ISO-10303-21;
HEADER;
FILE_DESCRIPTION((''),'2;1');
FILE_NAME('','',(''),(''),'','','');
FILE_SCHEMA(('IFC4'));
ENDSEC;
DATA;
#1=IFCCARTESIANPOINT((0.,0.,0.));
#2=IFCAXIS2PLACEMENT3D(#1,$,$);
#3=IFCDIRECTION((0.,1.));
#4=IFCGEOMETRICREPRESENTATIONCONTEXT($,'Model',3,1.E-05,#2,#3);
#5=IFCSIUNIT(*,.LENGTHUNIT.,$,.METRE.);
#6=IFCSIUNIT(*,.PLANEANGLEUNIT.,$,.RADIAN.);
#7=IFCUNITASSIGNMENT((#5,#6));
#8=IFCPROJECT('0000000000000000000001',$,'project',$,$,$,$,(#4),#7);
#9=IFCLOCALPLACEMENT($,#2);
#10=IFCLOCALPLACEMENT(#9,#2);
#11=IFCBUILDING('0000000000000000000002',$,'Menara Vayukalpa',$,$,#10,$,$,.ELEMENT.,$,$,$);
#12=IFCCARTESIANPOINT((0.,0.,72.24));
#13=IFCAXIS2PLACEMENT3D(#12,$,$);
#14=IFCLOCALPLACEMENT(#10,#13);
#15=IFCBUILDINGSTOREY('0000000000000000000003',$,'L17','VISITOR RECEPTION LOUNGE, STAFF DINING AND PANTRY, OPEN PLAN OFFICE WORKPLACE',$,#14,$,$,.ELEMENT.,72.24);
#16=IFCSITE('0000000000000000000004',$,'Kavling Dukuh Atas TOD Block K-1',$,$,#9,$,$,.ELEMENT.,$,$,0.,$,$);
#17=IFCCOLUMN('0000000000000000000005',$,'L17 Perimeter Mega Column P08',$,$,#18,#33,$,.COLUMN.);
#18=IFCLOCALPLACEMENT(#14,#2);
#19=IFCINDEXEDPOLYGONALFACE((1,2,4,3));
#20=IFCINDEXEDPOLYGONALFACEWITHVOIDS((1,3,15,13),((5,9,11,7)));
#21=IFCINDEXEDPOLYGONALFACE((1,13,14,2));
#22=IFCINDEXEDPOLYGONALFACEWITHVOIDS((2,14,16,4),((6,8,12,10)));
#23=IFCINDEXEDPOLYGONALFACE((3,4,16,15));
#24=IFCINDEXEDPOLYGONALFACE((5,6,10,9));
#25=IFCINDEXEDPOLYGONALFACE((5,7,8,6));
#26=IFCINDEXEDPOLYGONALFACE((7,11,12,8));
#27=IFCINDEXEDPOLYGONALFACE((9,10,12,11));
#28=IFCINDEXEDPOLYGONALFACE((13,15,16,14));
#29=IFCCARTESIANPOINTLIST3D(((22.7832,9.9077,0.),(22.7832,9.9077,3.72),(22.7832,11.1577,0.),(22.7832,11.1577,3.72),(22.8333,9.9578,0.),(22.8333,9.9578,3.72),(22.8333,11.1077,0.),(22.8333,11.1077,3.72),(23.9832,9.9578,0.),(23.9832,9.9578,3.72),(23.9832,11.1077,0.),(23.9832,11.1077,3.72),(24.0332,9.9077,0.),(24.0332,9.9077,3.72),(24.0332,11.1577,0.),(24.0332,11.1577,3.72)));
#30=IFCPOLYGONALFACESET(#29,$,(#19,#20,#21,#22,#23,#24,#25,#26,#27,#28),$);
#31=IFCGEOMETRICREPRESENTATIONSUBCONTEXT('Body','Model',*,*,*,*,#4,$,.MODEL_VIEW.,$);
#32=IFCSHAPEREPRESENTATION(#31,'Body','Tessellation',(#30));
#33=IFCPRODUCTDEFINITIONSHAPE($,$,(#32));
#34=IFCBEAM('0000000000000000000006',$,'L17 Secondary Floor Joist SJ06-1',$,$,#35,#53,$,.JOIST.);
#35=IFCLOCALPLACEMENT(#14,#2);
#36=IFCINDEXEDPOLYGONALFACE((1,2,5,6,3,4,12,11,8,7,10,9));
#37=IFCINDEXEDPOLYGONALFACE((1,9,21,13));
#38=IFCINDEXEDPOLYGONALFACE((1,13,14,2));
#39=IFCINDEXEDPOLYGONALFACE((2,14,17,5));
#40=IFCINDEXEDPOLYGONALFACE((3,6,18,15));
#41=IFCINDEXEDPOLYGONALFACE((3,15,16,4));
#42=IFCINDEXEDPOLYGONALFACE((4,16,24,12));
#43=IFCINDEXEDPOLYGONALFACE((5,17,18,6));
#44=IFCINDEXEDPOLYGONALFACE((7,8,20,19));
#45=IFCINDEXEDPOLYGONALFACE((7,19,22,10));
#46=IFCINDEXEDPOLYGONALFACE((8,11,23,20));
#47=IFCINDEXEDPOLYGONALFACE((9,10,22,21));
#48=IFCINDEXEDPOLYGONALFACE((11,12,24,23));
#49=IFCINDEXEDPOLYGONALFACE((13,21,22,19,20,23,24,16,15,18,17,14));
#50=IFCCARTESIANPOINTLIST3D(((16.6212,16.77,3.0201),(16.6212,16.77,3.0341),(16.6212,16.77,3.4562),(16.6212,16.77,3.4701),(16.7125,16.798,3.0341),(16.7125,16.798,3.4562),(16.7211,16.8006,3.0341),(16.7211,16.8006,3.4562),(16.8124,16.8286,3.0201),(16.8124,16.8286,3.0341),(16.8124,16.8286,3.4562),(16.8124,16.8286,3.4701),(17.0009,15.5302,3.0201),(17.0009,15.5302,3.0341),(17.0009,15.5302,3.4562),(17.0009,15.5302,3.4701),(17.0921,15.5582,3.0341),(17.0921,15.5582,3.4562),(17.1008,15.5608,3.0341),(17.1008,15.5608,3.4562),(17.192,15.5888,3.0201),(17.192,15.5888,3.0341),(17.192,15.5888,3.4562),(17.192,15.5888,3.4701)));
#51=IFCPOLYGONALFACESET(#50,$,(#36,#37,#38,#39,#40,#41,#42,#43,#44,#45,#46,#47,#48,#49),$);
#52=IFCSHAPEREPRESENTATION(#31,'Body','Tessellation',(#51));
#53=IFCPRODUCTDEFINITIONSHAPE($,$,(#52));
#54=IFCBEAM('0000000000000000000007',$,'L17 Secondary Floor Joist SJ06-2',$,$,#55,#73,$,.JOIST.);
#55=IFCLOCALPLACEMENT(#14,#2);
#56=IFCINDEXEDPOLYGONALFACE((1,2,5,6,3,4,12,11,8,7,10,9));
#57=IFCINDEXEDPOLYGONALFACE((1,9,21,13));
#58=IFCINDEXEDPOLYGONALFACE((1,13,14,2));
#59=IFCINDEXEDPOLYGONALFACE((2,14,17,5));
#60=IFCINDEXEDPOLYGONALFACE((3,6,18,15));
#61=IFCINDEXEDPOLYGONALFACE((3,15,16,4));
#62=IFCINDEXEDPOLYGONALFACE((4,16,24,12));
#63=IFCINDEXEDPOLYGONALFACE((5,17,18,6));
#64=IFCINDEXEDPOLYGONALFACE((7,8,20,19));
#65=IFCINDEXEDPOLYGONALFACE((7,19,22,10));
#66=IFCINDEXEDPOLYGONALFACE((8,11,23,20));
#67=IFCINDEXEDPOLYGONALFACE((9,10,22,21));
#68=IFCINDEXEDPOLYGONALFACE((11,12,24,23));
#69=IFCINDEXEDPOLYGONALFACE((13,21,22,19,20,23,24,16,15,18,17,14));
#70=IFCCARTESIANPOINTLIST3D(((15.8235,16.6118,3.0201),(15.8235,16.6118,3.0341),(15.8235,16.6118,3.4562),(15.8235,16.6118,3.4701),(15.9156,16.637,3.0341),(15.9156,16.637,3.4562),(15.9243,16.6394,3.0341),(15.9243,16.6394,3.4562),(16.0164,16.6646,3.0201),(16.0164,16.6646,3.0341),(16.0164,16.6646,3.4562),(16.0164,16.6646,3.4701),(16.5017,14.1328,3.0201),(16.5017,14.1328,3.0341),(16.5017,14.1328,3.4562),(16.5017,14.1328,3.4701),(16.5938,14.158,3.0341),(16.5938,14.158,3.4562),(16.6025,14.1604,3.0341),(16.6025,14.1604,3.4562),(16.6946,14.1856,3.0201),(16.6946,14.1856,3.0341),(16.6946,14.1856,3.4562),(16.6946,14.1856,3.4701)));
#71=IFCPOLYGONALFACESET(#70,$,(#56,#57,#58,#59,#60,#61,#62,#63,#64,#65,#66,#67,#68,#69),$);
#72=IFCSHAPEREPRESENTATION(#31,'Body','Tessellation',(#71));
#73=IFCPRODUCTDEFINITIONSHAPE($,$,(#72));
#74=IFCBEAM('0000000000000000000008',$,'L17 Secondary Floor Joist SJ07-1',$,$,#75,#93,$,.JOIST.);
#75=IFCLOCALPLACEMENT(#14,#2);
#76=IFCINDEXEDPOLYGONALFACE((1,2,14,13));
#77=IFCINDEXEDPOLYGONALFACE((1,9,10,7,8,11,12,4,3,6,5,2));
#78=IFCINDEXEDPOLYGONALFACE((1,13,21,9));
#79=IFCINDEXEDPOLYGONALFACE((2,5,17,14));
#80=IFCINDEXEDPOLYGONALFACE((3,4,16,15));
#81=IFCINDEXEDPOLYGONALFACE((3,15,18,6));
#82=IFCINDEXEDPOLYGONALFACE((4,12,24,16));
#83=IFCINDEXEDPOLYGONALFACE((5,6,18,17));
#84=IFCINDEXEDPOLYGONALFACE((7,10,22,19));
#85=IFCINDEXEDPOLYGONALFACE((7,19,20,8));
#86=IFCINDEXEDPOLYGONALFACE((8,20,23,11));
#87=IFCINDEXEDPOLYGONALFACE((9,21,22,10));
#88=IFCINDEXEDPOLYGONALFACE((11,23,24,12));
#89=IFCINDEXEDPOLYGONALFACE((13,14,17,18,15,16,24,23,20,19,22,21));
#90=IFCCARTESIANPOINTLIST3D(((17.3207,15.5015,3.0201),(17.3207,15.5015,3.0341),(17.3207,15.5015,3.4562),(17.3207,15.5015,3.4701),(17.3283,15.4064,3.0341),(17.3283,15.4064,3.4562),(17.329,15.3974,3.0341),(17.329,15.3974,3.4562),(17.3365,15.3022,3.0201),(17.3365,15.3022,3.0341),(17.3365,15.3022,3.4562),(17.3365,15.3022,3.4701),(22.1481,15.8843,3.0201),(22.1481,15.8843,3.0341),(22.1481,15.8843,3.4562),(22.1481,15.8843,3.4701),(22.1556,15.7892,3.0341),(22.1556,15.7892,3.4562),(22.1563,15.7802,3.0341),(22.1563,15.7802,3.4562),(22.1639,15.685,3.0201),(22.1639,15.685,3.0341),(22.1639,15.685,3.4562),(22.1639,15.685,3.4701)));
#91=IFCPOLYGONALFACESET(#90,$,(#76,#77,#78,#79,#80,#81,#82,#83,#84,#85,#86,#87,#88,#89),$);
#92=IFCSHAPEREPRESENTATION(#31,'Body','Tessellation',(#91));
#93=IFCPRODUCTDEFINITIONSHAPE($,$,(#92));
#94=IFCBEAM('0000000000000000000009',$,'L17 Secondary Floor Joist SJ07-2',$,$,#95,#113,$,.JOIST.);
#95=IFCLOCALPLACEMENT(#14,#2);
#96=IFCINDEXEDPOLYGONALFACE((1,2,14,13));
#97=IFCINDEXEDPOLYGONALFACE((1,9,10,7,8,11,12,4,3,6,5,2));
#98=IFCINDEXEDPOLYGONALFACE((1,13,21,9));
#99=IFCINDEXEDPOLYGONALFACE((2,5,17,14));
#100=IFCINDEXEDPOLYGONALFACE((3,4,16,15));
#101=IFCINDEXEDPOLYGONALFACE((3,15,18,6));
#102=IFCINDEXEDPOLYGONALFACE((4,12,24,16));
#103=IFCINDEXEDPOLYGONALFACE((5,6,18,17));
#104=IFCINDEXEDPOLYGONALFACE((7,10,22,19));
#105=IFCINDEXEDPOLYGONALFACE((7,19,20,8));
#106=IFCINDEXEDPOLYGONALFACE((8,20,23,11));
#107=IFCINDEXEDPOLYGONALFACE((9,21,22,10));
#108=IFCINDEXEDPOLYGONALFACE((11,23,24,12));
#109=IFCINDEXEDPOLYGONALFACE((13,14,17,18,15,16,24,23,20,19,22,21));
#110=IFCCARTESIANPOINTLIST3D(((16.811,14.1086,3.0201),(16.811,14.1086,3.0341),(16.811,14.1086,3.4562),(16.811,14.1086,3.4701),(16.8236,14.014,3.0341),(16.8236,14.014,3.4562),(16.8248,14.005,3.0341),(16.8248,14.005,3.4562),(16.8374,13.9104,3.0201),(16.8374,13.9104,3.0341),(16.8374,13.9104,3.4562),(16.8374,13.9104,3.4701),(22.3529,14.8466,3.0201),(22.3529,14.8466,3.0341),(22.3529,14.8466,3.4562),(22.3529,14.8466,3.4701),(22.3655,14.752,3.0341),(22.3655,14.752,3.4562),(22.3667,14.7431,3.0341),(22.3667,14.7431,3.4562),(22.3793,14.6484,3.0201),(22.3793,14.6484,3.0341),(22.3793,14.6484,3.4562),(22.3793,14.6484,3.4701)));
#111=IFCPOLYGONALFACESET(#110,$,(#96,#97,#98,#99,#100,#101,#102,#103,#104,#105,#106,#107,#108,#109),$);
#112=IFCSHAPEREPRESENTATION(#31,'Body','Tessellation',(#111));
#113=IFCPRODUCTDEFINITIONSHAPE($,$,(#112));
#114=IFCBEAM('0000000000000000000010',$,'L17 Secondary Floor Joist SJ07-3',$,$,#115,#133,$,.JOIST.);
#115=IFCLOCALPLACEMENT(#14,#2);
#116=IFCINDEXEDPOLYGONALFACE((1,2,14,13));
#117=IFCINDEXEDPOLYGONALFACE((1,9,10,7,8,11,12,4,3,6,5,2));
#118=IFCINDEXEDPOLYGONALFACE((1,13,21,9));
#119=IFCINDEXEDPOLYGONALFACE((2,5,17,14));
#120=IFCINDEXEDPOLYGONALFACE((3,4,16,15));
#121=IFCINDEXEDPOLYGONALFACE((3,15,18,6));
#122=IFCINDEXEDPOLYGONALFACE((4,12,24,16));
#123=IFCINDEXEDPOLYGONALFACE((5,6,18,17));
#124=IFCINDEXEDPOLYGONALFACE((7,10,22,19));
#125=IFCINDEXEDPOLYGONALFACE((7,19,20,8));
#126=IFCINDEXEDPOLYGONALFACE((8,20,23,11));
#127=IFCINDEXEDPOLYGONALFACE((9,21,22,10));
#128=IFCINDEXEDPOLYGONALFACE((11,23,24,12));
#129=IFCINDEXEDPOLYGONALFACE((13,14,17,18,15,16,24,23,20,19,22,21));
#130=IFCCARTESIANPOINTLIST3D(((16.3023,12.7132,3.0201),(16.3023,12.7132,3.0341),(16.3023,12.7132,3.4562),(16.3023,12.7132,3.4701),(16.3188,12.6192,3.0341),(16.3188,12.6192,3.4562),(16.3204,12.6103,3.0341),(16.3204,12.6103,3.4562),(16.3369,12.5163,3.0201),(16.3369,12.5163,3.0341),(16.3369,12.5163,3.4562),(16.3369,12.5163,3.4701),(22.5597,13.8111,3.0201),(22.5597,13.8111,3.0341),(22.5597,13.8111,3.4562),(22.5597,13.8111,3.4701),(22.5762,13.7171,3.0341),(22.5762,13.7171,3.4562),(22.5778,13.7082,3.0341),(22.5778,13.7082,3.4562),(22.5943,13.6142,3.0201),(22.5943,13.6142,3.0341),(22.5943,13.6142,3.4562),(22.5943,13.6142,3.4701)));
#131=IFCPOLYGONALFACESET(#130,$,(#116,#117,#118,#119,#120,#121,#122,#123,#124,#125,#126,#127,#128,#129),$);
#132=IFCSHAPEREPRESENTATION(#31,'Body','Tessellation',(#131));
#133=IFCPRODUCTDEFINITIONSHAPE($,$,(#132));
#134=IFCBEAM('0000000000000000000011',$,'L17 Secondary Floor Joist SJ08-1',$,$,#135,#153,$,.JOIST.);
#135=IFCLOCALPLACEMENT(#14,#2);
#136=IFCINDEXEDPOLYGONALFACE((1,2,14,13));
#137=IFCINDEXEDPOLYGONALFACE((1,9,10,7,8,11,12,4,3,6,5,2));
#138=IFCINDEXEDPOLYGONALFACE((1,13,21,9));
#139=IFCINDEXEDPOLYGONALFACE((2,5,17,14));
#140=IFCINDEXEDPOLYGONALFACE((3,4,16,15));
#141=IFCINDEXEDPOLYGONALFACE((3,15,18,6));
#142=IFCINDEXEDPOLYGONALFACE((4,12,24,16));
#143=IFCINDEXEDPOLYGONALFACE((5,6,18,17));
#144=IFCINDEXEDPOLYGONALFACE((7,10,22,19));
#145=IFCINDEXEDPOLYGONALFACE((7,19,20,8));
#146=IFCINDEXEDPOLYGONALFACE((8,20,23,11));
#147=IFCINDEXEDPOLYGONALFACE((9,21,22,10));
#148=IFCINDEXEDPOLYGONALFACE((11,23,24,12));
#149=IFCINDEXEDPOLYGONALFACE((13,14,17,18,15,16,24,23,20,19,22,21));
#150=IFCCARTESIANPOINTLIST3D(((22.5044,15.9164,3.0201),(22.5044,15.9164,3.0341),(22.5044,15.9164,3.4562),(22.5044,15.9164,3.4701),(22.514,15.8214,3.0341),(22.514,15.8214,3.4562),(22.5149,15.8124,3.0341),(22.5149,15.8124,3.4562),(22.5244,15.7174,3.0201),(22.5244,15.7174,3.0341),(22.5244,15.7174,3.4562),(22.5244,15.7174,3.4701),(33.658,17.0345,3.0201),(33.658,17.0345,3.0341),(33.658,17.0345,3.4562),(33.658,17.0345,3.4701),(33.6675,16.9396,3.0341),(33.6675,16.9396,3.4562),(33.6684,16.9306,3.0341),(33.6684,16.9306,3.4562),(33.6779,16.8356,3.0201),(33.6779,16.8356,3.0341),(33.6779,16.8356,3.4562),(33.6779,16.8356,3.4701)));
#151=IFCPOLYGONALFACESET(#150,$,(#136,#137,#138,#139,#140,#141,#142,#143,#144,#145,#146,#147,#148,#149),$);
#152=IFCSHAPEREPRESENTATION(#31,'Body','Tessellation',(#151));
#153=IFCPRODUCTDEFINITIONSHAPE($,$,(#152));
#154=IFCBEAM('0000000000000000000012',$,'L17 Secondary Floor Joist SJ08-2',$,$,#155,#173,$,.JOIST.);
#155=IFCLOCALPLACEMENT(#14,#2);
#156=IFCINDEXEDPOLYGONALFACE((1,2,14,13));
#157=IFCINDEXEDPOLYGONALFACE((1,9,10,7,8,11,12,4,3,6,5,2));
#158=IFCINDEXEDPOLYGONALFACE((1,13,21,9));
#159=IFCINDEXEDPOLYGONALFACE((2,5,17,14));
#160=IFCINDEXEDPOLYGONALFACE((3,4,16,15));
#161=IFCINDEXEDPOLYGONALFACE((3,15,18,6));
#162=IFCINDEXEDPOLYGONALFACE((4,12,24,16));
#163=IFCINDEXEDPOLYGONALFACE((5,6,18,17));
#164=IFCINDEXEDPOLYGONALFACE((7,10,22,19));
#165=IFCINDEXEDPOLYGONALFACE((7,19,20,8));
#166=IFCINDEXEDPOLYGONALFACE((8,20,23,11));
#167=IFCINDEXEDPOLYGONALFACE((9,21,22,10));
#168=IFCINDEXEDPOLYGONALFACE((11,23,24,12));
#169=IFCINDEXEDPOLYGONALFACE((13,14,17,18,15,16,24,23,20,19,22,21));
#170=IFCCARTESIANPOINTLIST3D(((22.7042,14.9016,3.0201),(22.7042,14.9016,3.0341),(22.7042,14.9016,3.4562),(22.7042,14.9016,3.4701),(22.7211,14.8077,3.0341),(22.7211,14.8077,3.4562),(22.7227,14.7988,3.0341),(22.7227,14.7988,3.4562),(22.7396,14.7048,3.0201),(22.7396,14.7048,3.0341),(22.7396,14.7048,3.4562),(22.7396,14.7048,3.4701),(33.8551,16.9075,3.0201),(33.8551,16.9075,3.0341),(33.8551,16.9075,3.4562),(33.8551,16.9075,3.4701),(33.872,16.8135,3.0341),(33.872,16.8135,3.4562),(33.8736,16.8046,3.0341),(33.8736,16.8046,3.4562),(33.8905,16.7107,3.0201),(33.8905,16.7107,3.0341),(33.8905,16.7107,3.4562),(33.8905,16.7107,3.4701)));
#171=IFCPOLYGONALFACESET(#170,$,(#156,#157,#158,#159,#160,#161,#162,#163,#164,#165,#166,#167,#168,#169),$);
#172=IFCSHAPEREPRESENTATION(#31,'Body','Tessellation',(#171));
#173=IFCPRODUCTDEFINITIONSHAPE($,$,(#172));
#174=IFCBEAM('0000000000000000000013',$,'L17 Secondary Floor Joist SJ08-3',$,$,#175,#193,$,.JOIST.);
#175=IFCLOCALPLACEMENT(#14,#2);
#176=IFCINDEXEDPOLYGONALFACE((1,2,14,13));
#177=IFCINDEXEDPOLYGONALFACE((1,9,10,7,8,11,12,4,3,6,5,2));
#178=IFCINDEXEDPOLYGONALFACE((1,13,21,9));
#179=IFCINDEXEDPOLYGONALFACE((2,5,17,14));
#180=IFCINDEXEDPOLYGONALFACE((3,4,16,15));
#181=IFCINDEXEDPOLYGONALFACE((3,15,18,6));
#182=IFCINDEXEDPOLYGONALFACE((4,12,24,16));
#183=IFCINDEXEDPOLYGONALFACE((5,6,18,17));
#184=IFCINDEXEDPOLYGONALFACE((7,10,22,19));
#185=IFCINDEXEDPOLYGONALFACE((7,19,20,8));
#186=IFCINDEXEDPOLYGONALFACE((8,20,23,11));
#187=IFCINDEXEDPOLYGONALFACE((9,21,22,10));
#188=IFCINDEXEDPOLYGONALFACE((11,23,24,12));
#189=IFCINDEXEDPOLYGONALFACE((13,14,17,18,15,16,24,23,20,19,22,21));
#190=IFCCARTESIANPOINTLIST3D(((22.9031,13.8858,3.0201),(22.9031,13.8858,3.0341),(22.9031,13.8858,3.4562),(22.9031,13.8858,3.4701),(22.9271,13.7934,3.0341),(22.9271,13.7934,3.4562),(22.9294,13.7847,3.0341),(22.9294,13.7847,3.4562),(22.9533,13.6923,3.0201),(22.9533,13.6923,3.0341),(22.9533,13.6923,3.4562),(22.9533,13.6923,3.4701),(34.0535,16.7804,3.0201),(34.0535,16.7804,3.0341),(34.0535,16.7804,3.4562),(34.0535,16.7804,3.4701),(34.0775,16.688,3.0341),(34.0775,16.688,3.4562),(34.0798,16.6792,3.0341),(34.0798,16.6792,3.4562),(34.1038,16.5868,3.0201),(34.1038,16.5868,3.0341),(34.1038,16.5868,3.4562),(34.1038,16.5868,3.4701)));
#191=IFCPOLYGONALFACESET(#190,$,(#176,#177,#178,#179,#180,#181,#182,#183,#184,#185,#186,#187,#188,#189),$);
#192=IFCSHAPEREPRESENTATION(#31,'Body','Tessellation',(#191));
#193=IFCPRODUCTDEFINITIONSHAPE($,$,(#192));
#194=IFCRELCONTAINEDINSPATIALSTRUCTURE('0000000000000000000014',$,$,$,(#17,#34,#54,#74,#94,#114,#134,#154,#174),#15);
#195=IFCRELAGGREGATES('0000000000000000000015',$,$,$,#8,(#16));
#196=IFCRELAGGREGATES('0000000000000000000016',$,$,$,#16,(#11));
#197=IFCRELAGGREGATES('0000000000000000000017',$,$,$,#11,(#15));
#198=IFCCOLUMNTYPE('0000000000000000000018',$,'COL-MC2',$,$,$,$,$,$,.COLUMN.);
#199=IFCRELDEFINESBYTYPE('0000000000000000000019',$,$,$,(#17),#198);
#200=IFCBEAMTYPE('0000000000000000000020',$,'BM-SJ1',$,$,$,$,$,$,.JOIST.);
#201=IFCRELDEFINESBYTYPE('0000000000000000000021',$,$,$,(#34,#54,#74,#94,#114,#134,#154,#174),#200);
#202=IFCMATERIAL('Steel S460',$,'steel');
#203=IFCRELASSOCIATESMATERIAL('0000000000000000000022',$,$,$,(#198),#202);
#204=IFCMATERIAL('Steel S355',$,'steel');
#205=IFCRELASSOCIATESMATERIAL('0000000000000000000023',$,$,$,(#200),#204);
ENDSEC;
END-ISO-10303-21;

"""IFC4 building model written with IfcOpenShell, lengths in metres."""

from ifc_helpers import new_model, si_unit, direction, frame, origin, origin_2d, place, context, subcontext, project, spatial, hollow_rectangle, i_section, extrude, material, material_profile, profile_set, type_object, element, save


model = new_model("IFC4")

# Units and contexts
model_context = context("Model", 3, precision=1e-05, world=origin(), true_north=direction((0.0, 1.0)))
body_context = subcontext(model_context, "Body", "Model", "MODEL_VIEW")
ifc_project = project(units=[si_unit("LENGTHUNIT", "METRE"), si_unit("PLANEANGLEUNIT", "RADIAN")], contexts=[model_context])

# Site, building, storey
site_placement = place(None, origin())
site = spatial("IfcSite", under=ifc_project, at=site_placement, Name="Kavling Dukuh Atas TOD Block K-1", CompositionType="ELEMENT", RefElevation=0.0)
building_placement = place(site_placement, origin())
building = spatial("IfcBuilding", under=site, at=building_placement, Name="Menara Vayukalpa", CompositionType="ELEMENT")
storey_placement = place(building_placement, frame((0.0, 0.0, 72.24)))
storey = spatial("IfcBuildingStorey", under=building, at=storey_placement, Name="L17", Description="VISITOR RECEPTION LOUNGE, STAFF DINING AND PANTRY, OPEN PLAN OFFICE WORKPLACE", CompositionType="ELEMENT", Elevation=72.24)

# Column
ifc_material_1 = material(Name="Steel S460", Category="steel")
ifc_material_profile_1 = material_profile(ifc_material_1, hollow_rectangle(XDim=1.25, YDim=1.25, WallThickness=0.05, at=origin_2d()), Name="BOX 1250x1250x50")
ifc_profile_set_1 = profile_set([ifc_material_profile_1], Name="Steel S460")
column_type = type_object("IfcColumnType", Name="COL-MC2", PredefinedType="COLUMN", material=ifc_profile_set_1)
column_placement = place(storey_placement, frame((23.4082, 10.5327, 0.0), z_axis=(0.0, 0.0, 1.0), x_axis=(1.0, 0.0, 0.0)))
element("IfcColumn", 1, at=column_placement, inside=storey, type_object=column_type, Name="L17 Perimeter Mega Column P08", PredefinedType="COLUMN", context=body_context, shape_type="SweptSolid", body=[
    extrude(hollow_rectangle(XDim=1.25, YDim=1.25, WallThickness=0.05, at=origin_2d()), origin(), (0.0, 0.0, 1.0), 3.72),
])

# Beams
ifc_material_2 = material(Name="Steel S355", Category="steel")
ifc_material_profile_2 = material_profile(ifc_material_2, i_section(OverallWidth=0.2, OverallDepth=0.45, WebThickness=0.009, FlangeThickness=0.0139, at=origin_2d()), Name="WF 450x200x9x14")
ifc_profile_set_2 = profile_set([ifc_material_profile_2], Name="Steel S355")
beam_type = type_object("IfcBeamType", Name="BM-SJ1", PredefinedType="JOIST", material=ifc_profile_set_2)
beam_1_placement = place(storey_placement, frame((16.7168, 16.7993, 3.2451), z_axis=(0.292802, -0.956173, 0.0), x_axis=(0.956173, 0.292802, 0.0)))
element("IfcBeam", 2, at=beam_1_placement, inside=storey, type_object=beam_type, Name="L17 Secondary Floor Joist SJ06-1", PredefinedType="JOIST", context=body_context, shape_type="SweptSolid", body=[
    extrude(i_section(OverallWidth=0.2, OverallDepth=0.45, WebThickness=0.009, FlangeThickness=0.0139, at=origin_2d()), origin(), (0.0, 0.0, 1.0), 1.2966),
])
beam_2_placement = place(storey_placement, frame((15.9199, 16.6382, 3.2451), z_axis=(0.263889, -0.964553, 0.0), x_axis=(0.964553, 0.263889, 0.0)))
element("IfcBeam", 3, at=beam_2_placement, inside=storey, type_object=beam_type, Name="L17 Secondary Floor Joist SJ06-2", PredefinedType="JOIST", context=body_context, shape_type="SweptSolid", body=[
    extrude(i_section(OverallWidth=0.2, OverallDepth=0.45, WebThickness=0.009, FlangeThickness=0.0139, at=origin_2d()), origin(), (0.0, 0.0, 1.0), 2.5701),
])
beam_3_placement = place(storey_placement, frame((17.3286, 15.4019, 3.2451), z_axis=(0.996871, 0.079052, 0.0), x_axis=(-0.079052, 0.996871, 0.0)))
element("IfcBeam", 4, at=beam_3_placement, inside=storey, type_object=beam_type, Name="L17 Secondary Floor Joist SJ07-1", PredefinedType="JOIST", context=body_context, shape_type="SweptSolid", body=[
    extrude(i_section(OverallWidth=0.2, OverallDepth=0.45, WebThickness=0.009, FlangeThickness=0.0139, at=origin_2d()), origin(), (0.0, 0.0, 1.0), 4.8425),
])
beam_4_placement = place(storey_placement, frame((16.8242, 14.0095, 3.2451), z_axis=(0.991249, 0.132006, 0.0), x_axis=(-0.132006, 0.991249, 0.0)))
element("IfcBeam", 5, at=beam_4_placement, inside=storey, type_object=beam_type, Name="L17 Secondary Floor Joist SJ07-2", PredefinedType="JOIST", context=body_context, shape_type="SweptSolid", body=[
    extrude(i_section(OverallWidth=0.2, OverallDepth=0.45, WebThickness=0.009, FlangeThickness=0.0139, at=origin_2d()), origin(), (0.0, 0.0, 1.0), 5.5908),
])
beam_5_placement = place(storey_placement, frame((16.3196, 12.6147, 3.2451), z_axis=(0.984954, 0.172818, 0.0), x_axis=(-0.172818, 0.984954, 0.0)))
element("IfcBeam", 6, at=beam_5_placement, inside=storey, type_object=beam_type, Name="L17 Secondary Floor Joist SJ07-3", PredefinedType="JOIST", context=body_context, shape_type="SweptSolid", body=[
    extrude(i_section(OverallWidth=0.2, OverallDepth=0.45, WebThickness=0.009, FlangeThickness=0.0139, at=origin_2d()), origin(), (0.0, 0.0, 1.0), 6.353),
])
beam_6_placement = place(storey_placement, frame((22.5144, 15.8169, 3.2451), z_axis=(0.995012, 0.099752, 0.0), x_axis=(-0.099752, 0.995012, 0.0)))
element("IfcBeam", 7, at=beam_6_placement, inside=storey, type_object=beam_type, Name="L17 Secondary Floor Joist SJ08-1", PredefinedType="JOIST", context=body_context, shape_type="SweptSolid", body=[
    extrude(i_section(OverallWidth=0.2, OverallDepth=0.45, WebThickness=0.009, FlangeThickness=0.0139, at=origin_2d()), origin(), (0.0, 0.0, 1.0), 11.2095),
])
beam_7_placement = place(storey_placement, frame((22.7219, 14.8032, 3.2451), z_axis=(0.984203, 0.177042, 0.0), x_axis=(-0.177042, 0.984203, 0.0)))
element("IfcBeam", 8, at=beam_7_placement, inside=storey, type_object=beam_type, Name="L17 Secondary Floor Joist SJ08-2", PredefinedType="JOIST", context=body_context, shape_type="SweptSolid", body=[
    extrude(i_section(OverallWidth=0.2, OverallDepth=0.45, WebThickness=0.009, FlangeThickness=0.0139, at=origin_2d()), origin(), (0.0, 0.0, 1.0), 11.3298),
])
beam_8_placement = place(storey_placement, frame((22.9282, 13.7891, 3.2451), z_axis=(0.967919, 0.251262, 0.0), x_axis=(-0.251262, 0.967919, 0.0)))
element("IfcBeam", 9, at=beam_8_placement, inside=storey, type_object=beam_type, Name="L17 Secondary Floor Joist SJ08-3", PredefinedType="JOIST", context=body_context, shape_type="SweptSolid", body=[
    extrude(i_section(OverallWidth=0.2, OverallDepth=0.45, WebThickness=0.009, FlangeThickness=0.0139, at=origin_2d()), origin(), (0.0, 0.0, 1.0), 11.52),
])

save(model, "model.ifc")
